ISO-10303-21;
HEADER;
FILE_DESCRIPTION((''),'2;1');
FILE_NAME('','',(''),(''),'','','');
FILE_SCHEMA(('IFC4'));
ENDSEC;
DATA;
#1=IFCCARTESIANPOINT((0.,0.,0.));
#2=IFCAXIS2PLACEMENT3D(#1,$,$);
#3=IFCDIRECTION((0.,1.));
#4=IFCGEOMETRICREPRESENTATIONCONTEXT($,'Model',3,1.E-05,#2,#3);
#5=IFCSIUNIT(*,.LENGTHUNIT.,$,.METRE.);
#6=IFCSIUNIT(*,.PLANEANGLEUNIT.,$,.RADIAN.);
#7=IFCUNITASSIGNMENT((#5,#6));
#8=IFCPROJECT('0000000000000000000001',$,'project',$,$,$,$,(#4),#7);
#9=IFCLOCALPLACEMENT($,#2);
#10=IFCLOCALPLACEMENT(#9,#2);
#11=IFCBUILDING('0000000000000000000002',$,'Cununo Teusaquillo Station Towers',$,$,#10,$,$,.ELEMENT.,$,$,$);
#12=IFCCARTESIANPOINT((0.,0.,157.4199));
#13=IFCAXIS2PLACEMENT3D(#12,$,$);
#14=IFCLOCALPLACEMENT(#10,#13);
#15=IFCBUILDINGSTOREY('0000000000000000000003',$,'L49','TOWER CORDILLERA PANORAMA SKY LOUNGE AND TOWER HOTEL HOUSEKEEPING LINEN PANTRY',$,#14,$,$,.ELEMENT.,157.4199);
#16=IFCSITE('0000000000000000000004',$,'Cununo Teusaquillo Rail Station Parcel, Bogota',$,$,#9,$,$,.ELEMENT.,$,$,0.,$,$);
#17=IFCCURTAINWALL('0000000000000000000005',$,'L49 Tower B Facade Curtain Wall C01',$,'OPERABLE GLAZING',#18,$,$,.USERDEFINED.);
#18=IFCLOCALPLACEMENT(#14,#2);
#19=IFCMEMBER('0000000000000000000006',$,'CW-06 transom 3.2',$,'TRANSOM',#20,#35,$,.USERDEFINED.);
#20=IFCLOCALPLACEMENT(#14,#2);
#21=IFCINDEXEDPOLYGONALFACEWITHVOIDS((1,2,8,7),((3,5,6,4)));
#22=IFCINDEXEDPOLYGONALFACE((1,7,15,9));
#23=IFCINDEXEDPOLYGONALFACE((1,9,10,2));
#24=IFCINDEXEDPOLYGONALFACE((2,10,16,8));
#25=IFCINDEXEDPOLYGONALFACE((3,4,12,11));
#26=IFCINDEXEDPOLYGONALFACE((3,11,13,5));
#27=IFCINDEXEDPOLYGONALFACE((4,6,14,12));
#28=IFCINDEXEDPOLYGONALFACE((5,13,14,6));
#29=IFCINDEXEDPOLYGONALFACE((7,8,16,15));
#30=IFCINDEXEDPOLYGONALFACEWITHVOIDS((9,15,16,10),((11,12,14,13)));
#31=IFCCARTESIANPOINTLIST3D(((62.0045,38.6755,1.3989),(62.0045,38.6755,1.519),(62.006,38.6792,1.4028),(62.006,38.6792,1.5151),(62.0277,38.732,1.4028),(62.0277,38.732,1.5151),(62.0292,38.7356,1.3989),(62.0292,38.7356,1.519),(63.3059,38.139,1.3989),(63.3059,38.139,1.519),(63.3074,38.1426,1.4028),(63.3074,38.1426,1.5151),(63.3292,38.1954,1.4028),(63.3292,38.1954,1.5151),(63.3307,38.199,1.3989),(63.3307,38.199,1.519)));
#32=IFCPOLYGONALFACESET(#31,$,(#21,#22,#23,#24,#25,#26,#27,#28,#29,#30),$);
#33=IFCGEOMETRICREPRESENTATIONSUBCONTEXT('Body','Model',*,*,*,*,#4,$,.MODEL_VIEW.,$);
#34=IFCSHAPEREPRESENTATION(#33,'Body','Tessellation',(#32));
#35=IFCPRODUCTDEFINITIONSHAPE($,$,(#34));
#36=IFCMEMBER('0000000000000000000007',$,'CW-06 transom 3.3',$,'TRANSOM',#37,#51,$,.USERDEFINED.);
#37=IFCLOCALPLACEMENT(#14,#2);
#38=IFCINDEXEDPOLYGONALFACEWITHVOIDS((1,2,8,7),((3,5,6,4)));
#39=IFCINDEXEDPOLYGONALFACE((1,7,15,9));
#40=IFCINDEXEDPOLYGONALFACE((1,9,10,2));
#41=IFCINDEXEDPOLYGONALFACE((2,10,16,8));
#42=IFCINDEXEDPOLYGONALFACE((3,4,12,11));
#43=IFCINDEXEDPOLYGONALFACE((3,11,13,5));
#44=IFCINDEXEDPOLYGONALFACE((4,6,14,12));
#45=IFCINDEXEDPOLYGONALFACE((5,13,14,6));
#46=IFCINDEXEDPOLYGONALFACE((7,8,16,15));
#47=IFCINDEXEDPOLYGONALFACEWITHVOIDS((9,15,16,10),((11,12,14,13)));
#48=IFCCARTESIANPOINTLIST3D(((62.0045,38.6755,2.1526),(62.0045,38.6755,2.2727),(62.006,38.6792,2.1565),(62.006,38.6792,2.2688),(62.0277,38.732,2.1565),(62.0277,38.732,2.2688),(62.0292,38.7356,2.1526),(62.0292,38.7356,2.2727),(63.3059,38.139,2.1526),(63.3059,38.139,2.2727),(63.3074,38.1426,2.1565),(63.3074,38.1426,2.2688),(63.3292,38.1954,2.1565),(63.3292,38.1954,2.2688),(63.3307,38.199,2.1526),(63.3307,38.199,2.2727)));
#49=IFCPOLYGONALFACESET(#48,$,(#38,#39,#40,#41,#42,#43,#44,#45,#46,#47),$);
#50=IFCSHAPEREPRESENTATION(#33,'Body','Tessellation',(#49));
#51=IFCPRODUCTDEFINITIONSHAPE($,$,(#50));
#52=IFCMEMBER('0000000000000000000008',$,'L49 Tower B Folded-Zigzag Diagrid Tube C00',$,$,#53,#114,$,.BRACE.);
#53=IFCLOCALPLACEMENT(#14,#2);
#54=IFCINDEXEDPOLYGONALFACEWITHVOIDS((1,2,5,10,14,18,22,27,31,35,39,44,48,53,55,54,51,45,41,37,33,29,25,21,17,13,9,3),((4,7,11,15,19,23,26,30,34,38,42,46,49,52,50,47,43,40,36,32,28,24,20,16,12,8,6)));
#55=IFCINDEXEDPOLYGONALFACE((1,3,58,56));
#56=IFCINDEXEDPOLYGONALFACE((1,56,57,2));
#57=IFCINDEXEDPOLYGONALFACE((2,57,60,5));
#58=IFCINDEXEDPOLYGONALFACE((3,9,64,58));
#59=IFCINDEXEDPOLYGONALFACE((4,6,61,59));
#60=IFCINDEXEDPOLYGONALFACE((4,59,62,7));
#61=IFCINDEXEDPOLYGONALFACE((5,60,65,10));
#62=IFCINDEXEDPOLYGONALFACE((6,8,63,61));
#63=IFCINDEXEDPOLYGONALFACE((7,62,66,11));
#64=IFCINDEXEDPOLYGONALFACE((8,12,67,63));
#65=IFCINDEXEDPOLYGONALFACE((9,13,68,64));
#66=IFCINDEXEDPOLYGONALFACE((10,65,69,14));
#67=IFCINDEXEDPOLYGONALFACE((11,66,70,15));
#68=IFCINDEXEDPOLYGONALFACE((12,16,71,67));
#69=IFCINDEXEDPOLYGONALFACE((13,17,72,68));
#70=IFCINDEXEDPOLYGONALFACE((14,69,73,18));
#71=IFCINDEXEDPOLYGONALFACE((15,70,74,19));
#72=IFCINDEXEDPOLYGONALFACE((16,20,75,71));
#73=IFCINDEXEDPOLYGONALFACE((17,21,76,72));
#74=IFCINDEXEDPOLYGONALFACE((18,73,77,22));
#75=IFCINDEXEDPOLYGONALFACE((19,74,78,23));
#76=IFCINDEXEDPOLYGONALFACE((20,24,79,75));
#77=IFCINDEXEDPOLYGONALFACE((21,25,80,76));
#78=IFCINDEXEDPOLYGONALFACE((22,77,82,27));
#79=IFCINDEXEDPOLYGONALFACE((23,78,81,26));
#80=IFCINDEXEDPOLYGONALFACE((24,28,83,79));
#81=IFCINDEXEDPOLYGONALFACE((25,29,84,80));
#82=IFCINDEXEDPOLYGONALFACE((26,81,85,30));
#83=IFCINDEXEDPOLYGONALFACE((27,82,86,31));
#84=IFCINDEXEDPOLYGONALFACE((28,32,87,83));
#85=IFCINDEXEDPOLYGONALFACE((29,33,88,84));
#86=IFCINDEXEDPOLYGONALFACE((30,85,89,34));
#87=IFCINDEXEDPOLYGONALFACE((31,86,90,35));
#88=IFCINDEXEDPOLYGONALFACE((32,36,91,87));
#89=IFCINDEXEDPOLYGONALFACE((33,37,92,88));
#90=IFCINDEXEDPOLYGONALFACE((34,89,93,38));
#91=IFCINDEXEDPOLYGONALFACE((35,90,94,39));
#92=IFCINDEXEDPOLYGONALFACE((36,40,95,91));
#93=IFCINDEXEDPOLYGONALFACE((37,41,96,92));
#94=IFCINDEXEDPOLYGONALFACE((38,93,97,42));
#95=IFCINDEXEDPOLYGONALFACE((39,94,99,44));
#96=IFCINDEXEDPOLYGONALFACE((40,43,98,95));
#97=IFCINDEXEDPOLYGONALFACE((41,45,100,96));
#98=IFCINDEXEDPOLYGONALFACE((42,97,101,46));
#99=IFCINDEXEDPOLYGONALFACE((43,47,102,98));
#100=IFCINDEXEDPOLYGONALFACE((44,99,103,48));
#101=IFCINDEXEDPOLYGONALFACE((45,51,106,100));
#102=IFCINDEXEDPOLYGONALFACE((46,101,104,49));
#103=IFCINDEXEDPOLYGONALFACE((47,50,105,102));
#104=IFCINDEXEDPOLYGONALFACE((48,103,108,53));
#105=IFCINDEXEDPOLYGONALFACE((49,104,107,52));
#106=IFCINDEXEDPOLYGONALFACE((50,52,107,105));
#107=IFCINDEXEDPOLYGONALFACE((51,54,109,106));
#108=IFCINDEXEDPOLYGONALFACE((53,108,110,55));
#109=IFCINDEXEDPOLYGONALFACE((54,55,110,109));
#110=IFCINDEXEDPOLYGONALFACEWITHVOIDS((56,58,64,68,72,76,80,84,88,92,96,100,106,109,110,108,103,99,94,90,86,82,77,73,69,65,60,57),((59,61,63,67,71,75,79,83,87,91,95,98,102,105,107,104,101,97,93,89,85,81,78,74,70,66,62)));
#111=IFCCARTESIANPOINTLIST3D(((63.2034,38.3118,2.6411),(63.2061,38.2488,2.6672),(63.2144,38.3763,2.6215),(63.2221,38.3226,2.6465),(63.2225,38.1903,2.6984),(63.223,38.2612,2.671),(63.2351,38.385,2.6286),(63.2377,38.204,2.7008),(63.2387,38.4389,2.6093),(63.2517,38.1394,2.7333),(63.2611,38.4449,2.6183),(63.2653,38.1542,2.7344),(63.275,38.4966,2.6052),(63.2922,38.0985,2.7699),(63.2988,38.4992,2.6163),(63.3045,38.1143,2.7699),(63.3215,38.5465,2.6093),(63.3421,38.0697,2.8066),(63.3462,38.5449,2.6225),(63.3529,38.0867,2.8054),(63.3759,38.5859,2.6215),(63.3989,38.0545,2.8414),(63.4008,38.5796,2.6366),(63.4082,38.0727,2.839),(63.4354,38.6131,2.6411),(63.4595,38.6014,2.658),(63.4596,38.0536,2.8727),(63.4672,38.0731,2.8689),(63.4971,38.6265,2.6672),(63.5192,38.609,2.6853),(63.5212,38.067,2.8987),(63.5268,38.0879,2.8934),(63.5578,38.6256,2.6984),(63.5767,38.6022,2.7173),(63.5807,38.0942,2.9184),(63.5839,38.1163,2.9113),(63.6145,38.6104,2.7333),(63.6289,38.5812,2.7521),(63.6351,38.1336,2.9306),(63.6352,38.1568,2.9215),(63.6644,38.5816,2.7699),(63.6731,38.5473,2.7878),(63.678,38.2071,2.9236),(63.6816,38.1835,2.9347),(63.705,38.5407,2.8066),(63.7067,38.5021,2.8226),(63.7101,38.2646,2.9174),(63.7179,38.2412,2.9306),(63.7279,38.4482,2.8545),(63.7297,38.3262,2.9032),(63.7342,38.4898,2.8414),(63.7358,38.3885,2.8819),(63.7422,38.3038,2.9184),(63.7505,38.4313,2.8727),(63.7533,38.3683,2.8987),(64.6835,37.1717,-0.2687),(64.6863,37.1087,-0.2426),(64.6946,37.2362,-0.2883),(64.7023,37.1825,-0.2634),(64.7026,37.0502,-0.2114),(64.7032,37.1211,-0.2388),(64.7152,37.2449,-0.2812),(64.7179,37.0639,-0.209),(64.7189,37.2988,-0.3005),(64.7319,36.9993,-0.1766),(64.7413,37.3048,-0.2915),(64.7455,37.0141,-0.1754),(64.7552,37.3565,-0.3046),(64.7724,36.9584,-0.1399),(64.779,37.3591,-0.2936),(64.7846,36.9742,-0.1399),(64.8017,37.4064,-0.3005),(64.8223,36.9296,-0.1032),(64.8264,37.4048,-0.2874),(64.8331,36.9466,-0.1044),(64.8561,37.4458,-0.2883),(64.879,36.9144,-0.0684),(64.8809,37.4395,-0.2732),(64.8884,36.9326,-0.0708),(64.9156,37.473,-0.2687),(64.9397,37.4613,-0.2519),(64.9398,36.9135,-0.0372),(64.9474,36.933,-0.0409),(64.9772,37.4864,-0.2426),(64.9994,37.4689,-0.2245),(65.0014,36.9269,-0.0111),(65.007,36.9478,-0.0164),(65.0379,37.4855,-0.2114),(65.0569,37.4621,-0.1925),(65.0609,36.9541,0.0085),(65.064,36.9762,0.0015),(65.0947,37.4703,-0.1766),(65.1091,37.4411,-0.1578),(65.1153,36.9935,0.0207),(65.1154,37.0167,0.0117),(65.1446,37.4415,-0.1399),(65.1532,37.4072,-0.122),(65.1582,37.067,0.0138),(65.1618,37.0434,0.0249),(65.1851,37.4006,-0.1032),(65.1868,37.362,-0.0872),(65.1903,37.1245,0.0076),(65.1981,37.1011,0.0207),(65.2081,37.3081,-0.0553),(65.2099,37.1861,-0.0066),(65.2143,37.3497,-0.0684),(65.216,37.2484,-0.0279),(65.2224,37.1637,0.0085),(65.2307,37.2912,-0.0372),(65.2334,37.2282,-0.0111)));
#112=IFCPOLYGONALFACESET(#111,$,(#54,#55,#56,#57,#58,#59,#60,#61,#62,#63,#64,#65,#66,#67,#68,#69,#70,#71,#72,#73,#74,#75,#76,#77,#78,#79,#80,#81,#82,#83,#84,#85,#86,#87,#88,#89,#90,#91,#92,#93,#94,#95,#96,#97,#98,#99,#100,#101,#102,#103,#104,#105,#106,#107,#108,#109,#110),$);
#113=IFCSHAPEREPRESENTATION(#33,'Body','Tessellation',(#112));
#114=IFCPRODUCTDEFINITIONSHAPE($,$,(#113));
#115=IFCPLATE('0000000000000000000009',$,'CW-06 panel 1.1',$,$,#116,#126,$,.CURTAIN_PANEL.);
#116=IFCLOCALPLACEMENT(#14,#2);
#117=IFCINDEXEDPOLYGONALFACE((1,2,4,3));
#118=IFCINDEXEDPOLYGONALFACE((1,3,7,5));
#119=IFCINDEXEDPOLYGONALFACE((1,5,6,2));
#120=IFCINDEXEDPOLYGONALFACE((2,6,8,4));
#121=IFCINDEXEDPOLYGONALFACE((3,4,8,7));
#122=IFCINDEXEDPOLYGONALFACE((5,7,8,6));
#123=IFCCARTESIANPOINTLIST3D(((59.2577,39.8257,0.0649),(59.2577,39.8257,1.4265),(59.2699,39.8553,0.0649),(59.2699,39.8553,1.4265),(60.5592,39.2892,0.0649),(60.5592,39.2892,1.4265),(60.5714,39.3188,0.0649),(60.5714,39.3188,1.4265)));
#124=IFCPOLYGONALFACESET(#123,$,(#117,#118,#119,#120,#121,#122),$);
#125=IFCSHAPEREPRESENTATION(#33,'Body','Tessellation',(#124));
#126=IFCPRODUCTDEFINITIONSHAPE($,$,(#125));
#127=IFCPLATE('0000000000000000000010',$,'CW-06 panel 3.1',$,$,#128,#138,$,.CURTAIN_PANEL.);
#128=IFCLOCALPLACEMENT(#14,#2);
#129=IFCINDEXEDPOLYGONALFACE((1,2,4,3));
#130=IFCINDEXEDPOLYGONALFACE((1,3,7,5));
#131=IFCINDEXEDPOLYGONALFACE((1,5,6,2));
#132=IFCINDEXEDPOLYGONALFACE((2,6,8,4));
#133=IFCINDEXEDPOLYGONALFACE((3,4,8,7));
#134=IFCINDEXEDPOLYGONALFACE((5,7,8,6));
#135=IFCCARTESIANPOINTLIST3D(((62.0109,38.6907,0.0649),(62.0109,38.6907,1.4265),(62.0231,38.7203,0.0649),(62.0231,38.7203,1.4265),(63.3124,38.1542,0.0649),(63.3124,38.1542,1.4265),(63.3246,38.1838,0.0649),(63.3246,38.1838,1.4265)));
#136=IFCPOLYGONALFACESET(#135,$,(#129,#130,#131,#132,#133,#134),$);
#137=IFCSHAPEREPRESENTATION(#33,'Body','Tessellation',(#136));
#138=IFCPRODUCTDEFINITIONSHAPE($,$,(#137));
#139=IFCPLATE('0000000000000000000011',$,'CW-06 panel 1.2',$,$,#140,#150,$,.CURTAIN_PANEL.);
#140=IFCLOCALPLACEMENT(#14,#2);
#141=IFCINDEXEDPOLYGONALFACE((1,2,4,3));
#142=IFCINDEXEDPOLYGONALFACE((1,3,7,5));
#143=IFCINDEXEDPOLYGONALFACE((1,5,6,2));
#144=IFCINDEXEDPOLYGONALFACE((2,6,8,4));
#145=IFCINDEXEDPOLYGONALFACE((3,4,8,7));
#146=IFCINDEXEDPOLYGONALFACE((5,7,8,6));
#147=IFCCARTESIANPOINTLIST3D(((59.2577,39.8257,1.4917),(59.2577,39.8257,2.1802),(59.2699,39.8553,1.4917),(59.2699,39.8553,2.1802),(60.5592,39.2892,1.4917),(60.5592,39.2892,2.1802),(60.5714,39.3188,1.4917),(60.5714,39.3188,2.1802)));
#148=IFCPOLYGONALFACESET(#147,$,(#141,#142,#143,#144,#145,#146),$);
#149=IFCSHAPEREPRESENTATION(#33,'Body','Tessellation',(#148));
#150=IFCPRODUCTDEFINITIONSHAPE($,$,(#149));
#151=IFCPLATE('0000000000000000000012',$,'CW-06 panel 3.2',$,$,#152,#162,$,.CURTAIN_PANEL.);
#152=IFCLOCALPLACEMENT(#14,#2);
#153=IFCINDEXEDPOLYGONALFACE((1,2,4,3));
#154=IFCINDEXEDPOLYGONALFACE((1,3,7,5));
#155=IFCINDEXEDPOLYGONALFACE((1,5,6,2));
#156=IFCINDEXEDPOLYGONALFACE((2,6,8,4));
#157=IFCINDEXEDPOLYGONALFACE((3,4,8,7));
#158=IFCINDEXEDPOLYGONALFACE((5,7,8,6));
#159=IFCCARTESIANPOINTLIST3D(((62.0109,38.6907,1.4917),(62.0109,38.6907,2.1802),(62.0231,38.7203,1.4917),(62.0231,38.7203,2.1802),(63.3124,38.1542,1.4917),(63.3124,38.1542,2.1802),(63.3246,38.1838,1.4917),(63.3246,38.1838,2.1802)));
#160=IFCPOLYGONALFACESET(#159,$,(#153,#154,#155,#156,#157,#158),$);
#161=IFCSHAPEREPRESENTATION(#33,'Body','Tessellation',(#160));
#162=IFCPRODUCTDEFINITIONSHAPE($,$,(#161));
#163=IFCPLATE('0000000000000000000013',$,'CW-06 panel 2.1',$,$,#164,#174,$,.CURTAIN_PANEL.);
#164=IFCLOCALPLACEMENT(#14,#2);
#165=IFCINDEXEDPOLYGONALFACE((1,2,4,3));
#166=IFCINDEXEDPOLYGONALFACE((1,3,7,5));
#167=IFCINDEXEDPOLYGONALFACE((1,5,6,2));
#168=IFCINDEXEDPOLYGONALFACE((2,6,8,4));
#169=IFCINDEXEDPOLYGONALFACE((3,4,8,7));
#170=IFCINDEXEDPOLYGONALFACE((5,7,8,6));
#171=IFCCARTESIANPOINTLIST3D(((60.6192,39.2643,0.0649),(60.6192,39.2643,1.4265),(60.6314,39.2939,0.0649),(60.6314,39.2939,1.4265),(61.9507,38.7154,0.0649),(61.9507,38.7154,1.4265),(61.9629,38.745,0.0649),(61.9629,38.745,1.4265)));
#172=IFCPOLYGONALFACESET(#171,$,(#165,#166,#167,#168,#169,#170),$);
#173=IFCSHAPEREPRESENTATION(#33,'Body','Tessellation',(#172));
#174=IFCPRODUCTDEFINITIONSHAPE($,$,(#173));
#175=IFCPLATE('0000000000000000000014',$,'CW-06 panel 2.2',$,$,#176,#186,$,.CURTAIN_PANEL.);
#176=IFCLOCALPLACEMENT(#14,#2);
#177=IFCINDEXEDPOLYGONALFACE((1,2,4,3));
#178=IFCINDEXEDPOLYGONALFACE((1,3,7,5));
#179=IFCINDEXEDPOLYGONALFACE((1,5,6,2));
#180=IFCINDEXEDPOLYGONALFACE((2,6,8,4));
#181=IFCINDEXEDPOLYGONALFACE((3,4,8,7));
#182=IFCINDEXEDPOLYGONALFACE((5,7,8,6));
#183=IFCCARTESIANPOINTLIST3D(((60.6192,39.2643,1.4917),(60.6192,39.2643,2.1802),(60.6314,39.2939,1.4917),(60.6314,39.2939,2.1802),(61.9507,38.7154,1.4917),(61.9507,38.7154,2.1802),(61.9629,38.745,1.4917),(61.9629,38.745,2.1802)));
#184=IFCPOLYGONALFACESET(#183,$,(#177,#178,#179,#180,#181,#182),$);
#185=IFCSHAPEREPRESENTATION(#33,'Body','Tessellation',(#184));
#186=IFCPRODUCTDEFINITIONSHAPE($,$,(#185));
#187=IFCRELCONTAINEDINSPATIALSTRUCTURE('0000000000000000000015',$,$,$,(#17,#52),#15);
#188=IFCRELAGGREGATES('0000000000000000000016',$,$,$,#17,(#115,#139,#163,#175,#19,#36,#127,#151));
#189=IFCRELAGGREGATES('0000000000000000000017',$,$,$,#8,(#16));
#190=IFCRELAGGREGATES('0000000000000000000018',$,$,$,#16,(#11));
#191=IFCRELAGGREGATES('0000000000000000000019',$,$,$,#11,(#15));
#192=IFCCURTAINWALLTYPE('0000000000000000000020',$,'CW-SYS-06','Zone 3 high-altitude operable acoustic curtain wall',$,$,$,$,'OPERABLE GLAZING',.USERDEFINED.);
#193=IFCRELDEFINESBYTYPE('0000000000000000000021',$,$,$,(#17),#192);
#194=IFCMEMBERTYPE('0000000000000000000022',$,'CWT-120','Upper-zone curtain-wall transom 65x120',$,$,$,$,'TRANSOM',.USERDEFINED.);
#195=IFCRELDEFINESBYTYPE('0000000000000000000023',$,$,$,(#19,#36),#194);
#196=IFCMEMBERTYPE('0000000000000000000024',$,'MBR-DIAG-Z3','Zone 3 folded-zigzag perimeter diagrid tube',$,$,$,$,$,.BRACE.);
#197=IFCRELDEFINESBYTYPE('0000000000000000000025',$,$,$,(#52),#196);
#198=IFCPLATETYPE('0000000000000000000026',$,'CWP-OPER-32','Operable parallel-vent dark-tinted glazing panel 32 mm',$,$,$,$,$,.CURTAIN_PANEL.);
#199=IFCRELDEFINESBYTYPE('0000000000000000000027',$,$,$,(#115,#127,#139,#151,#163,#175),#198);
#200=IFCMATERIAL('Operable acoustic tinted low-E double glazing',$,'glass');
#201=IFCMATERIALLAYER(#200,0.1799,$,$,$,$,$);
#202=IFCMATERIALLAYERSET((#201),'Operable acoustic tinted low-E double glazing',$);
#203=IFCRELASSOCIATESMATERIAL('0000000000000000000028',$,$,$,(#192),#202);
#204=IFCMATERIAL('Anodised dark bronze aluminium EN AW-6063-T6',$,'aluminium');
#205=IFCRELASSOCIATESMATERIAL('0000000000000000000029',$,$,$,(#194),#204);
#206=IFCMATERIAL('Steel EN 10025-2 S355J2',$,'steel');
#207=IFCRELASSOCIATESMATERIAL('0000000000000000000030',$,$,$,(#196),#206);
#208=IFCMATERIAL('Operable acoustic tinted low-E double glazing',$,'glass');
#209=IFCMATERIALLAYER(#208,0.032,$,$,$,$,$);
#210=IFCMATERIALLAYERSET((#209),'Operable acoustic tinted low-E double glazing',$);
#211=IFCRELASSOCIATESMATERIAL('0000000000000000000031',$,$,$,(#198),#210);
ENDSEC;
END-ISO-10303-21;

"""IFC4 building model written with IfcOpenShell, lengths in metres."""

from ifc_helpers import new_model, si_unit, direction, frame, origin, origin_2d, place, context, subcontext, project, spatial, rectangle, hollow_rectangle, hollow_circle, extrude, source, transform, mapped, material, layer, layer_set, material_profile, profile_set, type_object, element, aggregate, save


model = new_model("IFC4")

# Units and contexts
model_context = context("Model", 3, precision=1e-05, world=origin(), true_north=direction((0.0, 1.0)))
body_context = subcontext(model_context, "Body", "Model", "MODEL_VIEW")
ifc_project = project(units=[si_unit("LENGTHUNIT", "METRE"), si_unit("PLANEANGLEUNIT", "RADIAN")], contexts=[model_context])

# Site, building, storey
site_placement = place(None, origin())
site = spatial("IfcSite", under=ifc_project, at=site_placement, Name="Cununo Teusaquillo Rail Station Parcel, Bogota", CompositionType="ELEMENT", RefElevation=0.0)
building_placement = place(site_placement, origin())
building = spatial("IfcBuilding", under=site, at=building_placement, Name="Cununo Teusaquillo Station Towers", CompositionType="ELEMENT")
storey_placement = place(building_placement, frame((0.0, 0.0, 157.4199)))
storey = spatial("IfcBuildingStorey", under=building, at=storey_placement, Name="L49", Description="TOWER CORDILLERA PANORAMA SKY LOUNGE AND TOWER HOTEL HOUSEKEEPING LINEN PANTRY", CompositionType="ELEMENT", Elevation=157.4199)

# Curtain wall, members
ifc_material_1 = material(Name="Operable acoustic tinted low-E double glazing", Category="glass")
ifc_layer_1 = layer(ifc_material_1, 0.1799)
ifc_layer_set_1 = layer_set([ifc_layer_1], Name="Operable acoustic tinted low-E double glazing")
curtain_wall_type = type_object("IfcCurtainWallType", Name="CW-SYS-06", Description="Zone 3 high-altitude operable acoustic curtain wall", ElementType="OPERABLE GLAZING", PredefinedType="USERDEFINED", material=ifc_layer_set_1)
curtain_wall_placement = place(storey_placement, origin())
curtain_wall = element("IfcCurtainWall", 1, at=curtain_wall_placement, inside=storey, type_object=curtain_wall_type, Name="L49 Tower B Facade Curtain Wall C01", ObjectType="OPERABLE GLAZING", PredefinedType="USERDEFINED")
ifc_material_2 = material(Name="Anodised dark bronze aluminium EN AW-6063-T6", Category="aluminium")
ifc_material_profile_1 = material_profile(ifc_material_2, hollow_rectangle(XDim=0.0649, YDim=0.1201, WallThickness=0.0039, at=origin_2d()), Name="CW-TRAN-65x120")
ifc_profile_set_1 = profile_set([ifc_material_profile_1], Name="Anodised dark bronze aluminium EN AW-6063-T6")
member_type_1 = type_object("IfcMemberType", Name="CWT-120", Description="Upper-zone curtain-wall transom 65x120", ElementType="TRANSOM", PredefinedType="USERDEFINED", material=ifc_profile_set_1)
member_1_placement = place(storey_placement, frame((62.0168, 38.7056, 1.459), z_axis=(0.924502, -0.381177, 0.0), x_axis=(0.381177, 0.924502, 0.0)))
member_1 = element("IfcMember", 2, at=member_1_placement, type_object=member_type_1, Name="CW-06 transom 3.2", ObjectType="TRANSOM", PredefinedType="USERDEFINED", context=body_context, shape_type="SweptSolid", body=[
    extrude(hollow_rectangle(XDim=0.0649, YDim=0.1201, WallThickness=0.0039, at=origin_2d()), origin(), (0.0, 0.0, 1.0), 1.4077),
])
member_2_placement = place(storey_placement, frame((62.0168, 38.7056, 2.2126), z_axis=(0.924502, -0.381177, 0.0), x_axis=(0.381177, 0.924502, 0.0)))
member_2 = element("IfcMember", 3, at=member_2_placement, type_object=member_type_1, Name="CW-06 transom 3.3", ObjectType="TRANSOM", PredefinedType="USERDEFINED", context=body_context, shape_type="SweptSolid", body=[
    extrude(hollow_rectangle(XDim=0.0649, YDim=0.1201, WallThickness=0.0039, at=origin_2d()), origin(), (0.0, 0.0, 1.0), 1.4077),
])

# Member
ifc_material_3 = material(Name="Steel EN 10025-2 S355J2", Category="steel")
ifc_material_profile_2 = material_profile(ifc_material_3, hollow_circle(Radius=0.3049, WallThickness=0.02, at=origin_2d()), Name="CHS 610x20")
ifc_profile_set_2 = profile_set([ifc_material_profile_2], Name="Steel EN 10025-2 S355J2")
member_type_2 = type_object("IfcMemberType", Name="MBR-DIAG-Z3", Description="Zone 3 folded-zigzag perimeter diagrid tube", PredefinedType="BRACE", material=ifc_profile_set_2)
member_3_placement = place(storey_placement, frame((64.9585, 37.2, -0.1399), z_axis=(-0.428044, 0.329699, 0.841473), x_axis=(-0.610216, -0.792235, 0.0)))
element("IfcMember", 4, at=member_3_placement, inside=storey, type_object=member_type_2, Name="L49 Tower B Folded-Zigzag Diagrid Tube C00", PredefinedType="BRACE", context=body_context, shape_type="SweptSolid", body=[
    extrude(hollow_circle(Radius=0.3049, WallThickness=0.02, at=origin_2d()), origin(), (0.0, 0.0, 1.0), 3.458),
])

# Plates
ifc_material_4 = material(Name="Operable acoustic tinted low-E double glazing", Category="glass")
ifc_layer_2 = layer(ifc_material_4, 0.032)
ifc_layer_set_2 = layer_set([ifc_layer_2], Name="Operable acoustic tinted low-E double glazing")
plate_type = type_object("IfcPlateType", Name="CWP-OPER-32", Description="Operable parallel-vent dark-tinted glazing panel 32 mm", PredefinedType="CURTAIN_PANEL", material=ifc_layer_set_2)
shared_shape_1 = source(origin(), body_context, "Body", "SweptSolid", [
    extrude(rectangle(XDim=1.4077, YDim=0.032, at=origin_2d()), origin(), (0.0, 0.0, 1.0), 1.3616),
])
plate_1_placement = place(storey_placement, frame((59.9146, 39.5723, 0.0649), z_axis=(0.0, 0.0, 1.0), x_axis=(0.924525, -0.381122, 0.0)))
plate_1 = element("IfcPlate", 5, at=plate_1_placement, type_object=plate_type, Name="CW-06 panel 1.1", PredefinedType="CURTAIN_PANEL", context=body_context, shape_type="MappedRepresentation", body=[
    mapped(shared_shape_1, transform((0.0, 0.0, 0.0), x_axis=(1.0, 0.0, 0.0), y_axis=(0.0, 1.0, 0.0), z_axis=(0.0, 0.0, 1.0), scale=1.0)),
])
plate_2_placement = place(storey_placement, frame((62.6677, 38.4373, 0.0649), z_axis=(0.0, 0.0, 1.0), x_axis=(0.924525, -0.381122, 0.0)))
plate_2 = element("IfcPlate", 6, at=plate_2_placement, type_object=plate_type, Name="CW-06 panel 3.1", PredefinedType="CURTAIN_PANEL", context=body_context, shape_type="MappedRepresentation", body=[
    mapped(shared_shape_1, transform((0.0, 0.0, 0.0), x_axis=(1.0, 0.0, 0.0), y_axis=(0.0, 1.0, 0.0), z_axis=(0.0, 0.0, 1.0), scale=1.0)),
])
shared_shape_2 = source(origin(), body_context, "Body", "SweptSolid", [
    extrude(rectangle(XDim=1.4077, YDim=0.032, at=origin_2d()), origin(), (0.0, 0.0, 1.0), 0.6885),
])
plate_3_placement = place(storey_placement, frame((59.9146, 39.5723, 1.4917), z_axis=(0.0, 0.0, 1.0), x_axis=(0.924525, -0.381122, 0.0)))
plate_3 = element("IfcPlate", 7, at=plate_3_placement, type_object=plate_type, Name="CW-06 panel 1.2", PredefinedType="CURTAIN_PANEL", context=body_context, shape_type="MappedRepresentation", body=[
    mapped(shared_shape_2, transform((0.0, 0.0, 0.0), x_axis=(1.0, 0.0, 0.0), y_axis=(0.0, 1.0, 0.0), z_axis=(0.0, 0.0, 1.0), scale=1.0)),
])
plate_4_placement = place(storey_placement, frame((62.6677, 38.4373, 1.4917), z_axis=(0.0, 0.0, 1.0), x_axis=(0.924525, -0.381122, 0.0)))
plate_4 = element("IfcPlate", 8, at=plate_4_placement, type_object=plate_type, Name="CW-06 panel 3.2", PredefinedType="CURTAIN_PANEL", context=body_context, shape_type="MappedRepresentation", body=[
    mapped(shared_shape_2, transform((0.0, 0.0, 0.0), x_axis=(1.0, 0.0, 0.0), y_axis=(0.0, 1.0, 0.0), z_axis=(0.0, 0.0, 1.0), scale=1.0)),
])
shared_shape_3 = source(origin(), body_context, "Body", "SweptSolid", [
    extrude(rectangle(XDim=1.4402, YDim=0.032, at=origin_2d()), origin(), (0.0, 0.0, 1.0), 1.3616),
])
plate_5_placement = place(storey_placement, frame((61.291, 39.0046, 0.0649), z_axis=(0.0, 0.0, 1.0), x_axis=(0.924525, -0.381122, 0.0)))
plate_5 = element("IfcPlate", 9, at=plate_5_placement, type_object=plate_type, Name="CW-06 panel 2.1", PredefinedType="CURTAIN_PANEL", context=body_context, shape_type="MappedRepresentation", body=[
    mapped(shared_shape_3, transform((0.0, 0.0, 0.0), x_axis=(1.0, 0.0, 0.0), y_axis=(0.0, 1.0, 0.0), z_axis=(0.0, 0.0, 1.0), scale=1.0)),
])
shared_shape_4 = source(origin(), body_context, "Body", "SweptSolid", [
    extrude(rectangle(XDim=1.4402, YDim=0.032, at=origin_2d()), origin(), (0.0, 0.0, 1.0), 0.6885),
])
plate_6_placement = place(storey_placement, frame((61.291, 39.0046, 1.4917), z_axis=(0.0, 0.0, 1.0), x_axis=(0.924525, -0.381122, 0.0)))
plate_6 = element("IfcPlate", 10, at=plate_6_placement, type_object=plate_type, Name="CW-06 panel 2.2", PredefinedType="CURTAIN_PANEL", context=body_context, shape_type="MappedRepresentation", body=[
    mapped(shared_shape_4, transform((0.0, 0.0, 0.0), x_axis=(1.0, 0.0, 0.0), y_axis=(0.0, 1.0, 0.0), z_axis=(0.0, 0.0, 1.0), scale=1.0)),
])
aggregate(curtain_wall, [plate_1, plate_3, plate_5, plate_6, member_1, member_2, plate_2, plate_4])

save(model, "model.ifc")
